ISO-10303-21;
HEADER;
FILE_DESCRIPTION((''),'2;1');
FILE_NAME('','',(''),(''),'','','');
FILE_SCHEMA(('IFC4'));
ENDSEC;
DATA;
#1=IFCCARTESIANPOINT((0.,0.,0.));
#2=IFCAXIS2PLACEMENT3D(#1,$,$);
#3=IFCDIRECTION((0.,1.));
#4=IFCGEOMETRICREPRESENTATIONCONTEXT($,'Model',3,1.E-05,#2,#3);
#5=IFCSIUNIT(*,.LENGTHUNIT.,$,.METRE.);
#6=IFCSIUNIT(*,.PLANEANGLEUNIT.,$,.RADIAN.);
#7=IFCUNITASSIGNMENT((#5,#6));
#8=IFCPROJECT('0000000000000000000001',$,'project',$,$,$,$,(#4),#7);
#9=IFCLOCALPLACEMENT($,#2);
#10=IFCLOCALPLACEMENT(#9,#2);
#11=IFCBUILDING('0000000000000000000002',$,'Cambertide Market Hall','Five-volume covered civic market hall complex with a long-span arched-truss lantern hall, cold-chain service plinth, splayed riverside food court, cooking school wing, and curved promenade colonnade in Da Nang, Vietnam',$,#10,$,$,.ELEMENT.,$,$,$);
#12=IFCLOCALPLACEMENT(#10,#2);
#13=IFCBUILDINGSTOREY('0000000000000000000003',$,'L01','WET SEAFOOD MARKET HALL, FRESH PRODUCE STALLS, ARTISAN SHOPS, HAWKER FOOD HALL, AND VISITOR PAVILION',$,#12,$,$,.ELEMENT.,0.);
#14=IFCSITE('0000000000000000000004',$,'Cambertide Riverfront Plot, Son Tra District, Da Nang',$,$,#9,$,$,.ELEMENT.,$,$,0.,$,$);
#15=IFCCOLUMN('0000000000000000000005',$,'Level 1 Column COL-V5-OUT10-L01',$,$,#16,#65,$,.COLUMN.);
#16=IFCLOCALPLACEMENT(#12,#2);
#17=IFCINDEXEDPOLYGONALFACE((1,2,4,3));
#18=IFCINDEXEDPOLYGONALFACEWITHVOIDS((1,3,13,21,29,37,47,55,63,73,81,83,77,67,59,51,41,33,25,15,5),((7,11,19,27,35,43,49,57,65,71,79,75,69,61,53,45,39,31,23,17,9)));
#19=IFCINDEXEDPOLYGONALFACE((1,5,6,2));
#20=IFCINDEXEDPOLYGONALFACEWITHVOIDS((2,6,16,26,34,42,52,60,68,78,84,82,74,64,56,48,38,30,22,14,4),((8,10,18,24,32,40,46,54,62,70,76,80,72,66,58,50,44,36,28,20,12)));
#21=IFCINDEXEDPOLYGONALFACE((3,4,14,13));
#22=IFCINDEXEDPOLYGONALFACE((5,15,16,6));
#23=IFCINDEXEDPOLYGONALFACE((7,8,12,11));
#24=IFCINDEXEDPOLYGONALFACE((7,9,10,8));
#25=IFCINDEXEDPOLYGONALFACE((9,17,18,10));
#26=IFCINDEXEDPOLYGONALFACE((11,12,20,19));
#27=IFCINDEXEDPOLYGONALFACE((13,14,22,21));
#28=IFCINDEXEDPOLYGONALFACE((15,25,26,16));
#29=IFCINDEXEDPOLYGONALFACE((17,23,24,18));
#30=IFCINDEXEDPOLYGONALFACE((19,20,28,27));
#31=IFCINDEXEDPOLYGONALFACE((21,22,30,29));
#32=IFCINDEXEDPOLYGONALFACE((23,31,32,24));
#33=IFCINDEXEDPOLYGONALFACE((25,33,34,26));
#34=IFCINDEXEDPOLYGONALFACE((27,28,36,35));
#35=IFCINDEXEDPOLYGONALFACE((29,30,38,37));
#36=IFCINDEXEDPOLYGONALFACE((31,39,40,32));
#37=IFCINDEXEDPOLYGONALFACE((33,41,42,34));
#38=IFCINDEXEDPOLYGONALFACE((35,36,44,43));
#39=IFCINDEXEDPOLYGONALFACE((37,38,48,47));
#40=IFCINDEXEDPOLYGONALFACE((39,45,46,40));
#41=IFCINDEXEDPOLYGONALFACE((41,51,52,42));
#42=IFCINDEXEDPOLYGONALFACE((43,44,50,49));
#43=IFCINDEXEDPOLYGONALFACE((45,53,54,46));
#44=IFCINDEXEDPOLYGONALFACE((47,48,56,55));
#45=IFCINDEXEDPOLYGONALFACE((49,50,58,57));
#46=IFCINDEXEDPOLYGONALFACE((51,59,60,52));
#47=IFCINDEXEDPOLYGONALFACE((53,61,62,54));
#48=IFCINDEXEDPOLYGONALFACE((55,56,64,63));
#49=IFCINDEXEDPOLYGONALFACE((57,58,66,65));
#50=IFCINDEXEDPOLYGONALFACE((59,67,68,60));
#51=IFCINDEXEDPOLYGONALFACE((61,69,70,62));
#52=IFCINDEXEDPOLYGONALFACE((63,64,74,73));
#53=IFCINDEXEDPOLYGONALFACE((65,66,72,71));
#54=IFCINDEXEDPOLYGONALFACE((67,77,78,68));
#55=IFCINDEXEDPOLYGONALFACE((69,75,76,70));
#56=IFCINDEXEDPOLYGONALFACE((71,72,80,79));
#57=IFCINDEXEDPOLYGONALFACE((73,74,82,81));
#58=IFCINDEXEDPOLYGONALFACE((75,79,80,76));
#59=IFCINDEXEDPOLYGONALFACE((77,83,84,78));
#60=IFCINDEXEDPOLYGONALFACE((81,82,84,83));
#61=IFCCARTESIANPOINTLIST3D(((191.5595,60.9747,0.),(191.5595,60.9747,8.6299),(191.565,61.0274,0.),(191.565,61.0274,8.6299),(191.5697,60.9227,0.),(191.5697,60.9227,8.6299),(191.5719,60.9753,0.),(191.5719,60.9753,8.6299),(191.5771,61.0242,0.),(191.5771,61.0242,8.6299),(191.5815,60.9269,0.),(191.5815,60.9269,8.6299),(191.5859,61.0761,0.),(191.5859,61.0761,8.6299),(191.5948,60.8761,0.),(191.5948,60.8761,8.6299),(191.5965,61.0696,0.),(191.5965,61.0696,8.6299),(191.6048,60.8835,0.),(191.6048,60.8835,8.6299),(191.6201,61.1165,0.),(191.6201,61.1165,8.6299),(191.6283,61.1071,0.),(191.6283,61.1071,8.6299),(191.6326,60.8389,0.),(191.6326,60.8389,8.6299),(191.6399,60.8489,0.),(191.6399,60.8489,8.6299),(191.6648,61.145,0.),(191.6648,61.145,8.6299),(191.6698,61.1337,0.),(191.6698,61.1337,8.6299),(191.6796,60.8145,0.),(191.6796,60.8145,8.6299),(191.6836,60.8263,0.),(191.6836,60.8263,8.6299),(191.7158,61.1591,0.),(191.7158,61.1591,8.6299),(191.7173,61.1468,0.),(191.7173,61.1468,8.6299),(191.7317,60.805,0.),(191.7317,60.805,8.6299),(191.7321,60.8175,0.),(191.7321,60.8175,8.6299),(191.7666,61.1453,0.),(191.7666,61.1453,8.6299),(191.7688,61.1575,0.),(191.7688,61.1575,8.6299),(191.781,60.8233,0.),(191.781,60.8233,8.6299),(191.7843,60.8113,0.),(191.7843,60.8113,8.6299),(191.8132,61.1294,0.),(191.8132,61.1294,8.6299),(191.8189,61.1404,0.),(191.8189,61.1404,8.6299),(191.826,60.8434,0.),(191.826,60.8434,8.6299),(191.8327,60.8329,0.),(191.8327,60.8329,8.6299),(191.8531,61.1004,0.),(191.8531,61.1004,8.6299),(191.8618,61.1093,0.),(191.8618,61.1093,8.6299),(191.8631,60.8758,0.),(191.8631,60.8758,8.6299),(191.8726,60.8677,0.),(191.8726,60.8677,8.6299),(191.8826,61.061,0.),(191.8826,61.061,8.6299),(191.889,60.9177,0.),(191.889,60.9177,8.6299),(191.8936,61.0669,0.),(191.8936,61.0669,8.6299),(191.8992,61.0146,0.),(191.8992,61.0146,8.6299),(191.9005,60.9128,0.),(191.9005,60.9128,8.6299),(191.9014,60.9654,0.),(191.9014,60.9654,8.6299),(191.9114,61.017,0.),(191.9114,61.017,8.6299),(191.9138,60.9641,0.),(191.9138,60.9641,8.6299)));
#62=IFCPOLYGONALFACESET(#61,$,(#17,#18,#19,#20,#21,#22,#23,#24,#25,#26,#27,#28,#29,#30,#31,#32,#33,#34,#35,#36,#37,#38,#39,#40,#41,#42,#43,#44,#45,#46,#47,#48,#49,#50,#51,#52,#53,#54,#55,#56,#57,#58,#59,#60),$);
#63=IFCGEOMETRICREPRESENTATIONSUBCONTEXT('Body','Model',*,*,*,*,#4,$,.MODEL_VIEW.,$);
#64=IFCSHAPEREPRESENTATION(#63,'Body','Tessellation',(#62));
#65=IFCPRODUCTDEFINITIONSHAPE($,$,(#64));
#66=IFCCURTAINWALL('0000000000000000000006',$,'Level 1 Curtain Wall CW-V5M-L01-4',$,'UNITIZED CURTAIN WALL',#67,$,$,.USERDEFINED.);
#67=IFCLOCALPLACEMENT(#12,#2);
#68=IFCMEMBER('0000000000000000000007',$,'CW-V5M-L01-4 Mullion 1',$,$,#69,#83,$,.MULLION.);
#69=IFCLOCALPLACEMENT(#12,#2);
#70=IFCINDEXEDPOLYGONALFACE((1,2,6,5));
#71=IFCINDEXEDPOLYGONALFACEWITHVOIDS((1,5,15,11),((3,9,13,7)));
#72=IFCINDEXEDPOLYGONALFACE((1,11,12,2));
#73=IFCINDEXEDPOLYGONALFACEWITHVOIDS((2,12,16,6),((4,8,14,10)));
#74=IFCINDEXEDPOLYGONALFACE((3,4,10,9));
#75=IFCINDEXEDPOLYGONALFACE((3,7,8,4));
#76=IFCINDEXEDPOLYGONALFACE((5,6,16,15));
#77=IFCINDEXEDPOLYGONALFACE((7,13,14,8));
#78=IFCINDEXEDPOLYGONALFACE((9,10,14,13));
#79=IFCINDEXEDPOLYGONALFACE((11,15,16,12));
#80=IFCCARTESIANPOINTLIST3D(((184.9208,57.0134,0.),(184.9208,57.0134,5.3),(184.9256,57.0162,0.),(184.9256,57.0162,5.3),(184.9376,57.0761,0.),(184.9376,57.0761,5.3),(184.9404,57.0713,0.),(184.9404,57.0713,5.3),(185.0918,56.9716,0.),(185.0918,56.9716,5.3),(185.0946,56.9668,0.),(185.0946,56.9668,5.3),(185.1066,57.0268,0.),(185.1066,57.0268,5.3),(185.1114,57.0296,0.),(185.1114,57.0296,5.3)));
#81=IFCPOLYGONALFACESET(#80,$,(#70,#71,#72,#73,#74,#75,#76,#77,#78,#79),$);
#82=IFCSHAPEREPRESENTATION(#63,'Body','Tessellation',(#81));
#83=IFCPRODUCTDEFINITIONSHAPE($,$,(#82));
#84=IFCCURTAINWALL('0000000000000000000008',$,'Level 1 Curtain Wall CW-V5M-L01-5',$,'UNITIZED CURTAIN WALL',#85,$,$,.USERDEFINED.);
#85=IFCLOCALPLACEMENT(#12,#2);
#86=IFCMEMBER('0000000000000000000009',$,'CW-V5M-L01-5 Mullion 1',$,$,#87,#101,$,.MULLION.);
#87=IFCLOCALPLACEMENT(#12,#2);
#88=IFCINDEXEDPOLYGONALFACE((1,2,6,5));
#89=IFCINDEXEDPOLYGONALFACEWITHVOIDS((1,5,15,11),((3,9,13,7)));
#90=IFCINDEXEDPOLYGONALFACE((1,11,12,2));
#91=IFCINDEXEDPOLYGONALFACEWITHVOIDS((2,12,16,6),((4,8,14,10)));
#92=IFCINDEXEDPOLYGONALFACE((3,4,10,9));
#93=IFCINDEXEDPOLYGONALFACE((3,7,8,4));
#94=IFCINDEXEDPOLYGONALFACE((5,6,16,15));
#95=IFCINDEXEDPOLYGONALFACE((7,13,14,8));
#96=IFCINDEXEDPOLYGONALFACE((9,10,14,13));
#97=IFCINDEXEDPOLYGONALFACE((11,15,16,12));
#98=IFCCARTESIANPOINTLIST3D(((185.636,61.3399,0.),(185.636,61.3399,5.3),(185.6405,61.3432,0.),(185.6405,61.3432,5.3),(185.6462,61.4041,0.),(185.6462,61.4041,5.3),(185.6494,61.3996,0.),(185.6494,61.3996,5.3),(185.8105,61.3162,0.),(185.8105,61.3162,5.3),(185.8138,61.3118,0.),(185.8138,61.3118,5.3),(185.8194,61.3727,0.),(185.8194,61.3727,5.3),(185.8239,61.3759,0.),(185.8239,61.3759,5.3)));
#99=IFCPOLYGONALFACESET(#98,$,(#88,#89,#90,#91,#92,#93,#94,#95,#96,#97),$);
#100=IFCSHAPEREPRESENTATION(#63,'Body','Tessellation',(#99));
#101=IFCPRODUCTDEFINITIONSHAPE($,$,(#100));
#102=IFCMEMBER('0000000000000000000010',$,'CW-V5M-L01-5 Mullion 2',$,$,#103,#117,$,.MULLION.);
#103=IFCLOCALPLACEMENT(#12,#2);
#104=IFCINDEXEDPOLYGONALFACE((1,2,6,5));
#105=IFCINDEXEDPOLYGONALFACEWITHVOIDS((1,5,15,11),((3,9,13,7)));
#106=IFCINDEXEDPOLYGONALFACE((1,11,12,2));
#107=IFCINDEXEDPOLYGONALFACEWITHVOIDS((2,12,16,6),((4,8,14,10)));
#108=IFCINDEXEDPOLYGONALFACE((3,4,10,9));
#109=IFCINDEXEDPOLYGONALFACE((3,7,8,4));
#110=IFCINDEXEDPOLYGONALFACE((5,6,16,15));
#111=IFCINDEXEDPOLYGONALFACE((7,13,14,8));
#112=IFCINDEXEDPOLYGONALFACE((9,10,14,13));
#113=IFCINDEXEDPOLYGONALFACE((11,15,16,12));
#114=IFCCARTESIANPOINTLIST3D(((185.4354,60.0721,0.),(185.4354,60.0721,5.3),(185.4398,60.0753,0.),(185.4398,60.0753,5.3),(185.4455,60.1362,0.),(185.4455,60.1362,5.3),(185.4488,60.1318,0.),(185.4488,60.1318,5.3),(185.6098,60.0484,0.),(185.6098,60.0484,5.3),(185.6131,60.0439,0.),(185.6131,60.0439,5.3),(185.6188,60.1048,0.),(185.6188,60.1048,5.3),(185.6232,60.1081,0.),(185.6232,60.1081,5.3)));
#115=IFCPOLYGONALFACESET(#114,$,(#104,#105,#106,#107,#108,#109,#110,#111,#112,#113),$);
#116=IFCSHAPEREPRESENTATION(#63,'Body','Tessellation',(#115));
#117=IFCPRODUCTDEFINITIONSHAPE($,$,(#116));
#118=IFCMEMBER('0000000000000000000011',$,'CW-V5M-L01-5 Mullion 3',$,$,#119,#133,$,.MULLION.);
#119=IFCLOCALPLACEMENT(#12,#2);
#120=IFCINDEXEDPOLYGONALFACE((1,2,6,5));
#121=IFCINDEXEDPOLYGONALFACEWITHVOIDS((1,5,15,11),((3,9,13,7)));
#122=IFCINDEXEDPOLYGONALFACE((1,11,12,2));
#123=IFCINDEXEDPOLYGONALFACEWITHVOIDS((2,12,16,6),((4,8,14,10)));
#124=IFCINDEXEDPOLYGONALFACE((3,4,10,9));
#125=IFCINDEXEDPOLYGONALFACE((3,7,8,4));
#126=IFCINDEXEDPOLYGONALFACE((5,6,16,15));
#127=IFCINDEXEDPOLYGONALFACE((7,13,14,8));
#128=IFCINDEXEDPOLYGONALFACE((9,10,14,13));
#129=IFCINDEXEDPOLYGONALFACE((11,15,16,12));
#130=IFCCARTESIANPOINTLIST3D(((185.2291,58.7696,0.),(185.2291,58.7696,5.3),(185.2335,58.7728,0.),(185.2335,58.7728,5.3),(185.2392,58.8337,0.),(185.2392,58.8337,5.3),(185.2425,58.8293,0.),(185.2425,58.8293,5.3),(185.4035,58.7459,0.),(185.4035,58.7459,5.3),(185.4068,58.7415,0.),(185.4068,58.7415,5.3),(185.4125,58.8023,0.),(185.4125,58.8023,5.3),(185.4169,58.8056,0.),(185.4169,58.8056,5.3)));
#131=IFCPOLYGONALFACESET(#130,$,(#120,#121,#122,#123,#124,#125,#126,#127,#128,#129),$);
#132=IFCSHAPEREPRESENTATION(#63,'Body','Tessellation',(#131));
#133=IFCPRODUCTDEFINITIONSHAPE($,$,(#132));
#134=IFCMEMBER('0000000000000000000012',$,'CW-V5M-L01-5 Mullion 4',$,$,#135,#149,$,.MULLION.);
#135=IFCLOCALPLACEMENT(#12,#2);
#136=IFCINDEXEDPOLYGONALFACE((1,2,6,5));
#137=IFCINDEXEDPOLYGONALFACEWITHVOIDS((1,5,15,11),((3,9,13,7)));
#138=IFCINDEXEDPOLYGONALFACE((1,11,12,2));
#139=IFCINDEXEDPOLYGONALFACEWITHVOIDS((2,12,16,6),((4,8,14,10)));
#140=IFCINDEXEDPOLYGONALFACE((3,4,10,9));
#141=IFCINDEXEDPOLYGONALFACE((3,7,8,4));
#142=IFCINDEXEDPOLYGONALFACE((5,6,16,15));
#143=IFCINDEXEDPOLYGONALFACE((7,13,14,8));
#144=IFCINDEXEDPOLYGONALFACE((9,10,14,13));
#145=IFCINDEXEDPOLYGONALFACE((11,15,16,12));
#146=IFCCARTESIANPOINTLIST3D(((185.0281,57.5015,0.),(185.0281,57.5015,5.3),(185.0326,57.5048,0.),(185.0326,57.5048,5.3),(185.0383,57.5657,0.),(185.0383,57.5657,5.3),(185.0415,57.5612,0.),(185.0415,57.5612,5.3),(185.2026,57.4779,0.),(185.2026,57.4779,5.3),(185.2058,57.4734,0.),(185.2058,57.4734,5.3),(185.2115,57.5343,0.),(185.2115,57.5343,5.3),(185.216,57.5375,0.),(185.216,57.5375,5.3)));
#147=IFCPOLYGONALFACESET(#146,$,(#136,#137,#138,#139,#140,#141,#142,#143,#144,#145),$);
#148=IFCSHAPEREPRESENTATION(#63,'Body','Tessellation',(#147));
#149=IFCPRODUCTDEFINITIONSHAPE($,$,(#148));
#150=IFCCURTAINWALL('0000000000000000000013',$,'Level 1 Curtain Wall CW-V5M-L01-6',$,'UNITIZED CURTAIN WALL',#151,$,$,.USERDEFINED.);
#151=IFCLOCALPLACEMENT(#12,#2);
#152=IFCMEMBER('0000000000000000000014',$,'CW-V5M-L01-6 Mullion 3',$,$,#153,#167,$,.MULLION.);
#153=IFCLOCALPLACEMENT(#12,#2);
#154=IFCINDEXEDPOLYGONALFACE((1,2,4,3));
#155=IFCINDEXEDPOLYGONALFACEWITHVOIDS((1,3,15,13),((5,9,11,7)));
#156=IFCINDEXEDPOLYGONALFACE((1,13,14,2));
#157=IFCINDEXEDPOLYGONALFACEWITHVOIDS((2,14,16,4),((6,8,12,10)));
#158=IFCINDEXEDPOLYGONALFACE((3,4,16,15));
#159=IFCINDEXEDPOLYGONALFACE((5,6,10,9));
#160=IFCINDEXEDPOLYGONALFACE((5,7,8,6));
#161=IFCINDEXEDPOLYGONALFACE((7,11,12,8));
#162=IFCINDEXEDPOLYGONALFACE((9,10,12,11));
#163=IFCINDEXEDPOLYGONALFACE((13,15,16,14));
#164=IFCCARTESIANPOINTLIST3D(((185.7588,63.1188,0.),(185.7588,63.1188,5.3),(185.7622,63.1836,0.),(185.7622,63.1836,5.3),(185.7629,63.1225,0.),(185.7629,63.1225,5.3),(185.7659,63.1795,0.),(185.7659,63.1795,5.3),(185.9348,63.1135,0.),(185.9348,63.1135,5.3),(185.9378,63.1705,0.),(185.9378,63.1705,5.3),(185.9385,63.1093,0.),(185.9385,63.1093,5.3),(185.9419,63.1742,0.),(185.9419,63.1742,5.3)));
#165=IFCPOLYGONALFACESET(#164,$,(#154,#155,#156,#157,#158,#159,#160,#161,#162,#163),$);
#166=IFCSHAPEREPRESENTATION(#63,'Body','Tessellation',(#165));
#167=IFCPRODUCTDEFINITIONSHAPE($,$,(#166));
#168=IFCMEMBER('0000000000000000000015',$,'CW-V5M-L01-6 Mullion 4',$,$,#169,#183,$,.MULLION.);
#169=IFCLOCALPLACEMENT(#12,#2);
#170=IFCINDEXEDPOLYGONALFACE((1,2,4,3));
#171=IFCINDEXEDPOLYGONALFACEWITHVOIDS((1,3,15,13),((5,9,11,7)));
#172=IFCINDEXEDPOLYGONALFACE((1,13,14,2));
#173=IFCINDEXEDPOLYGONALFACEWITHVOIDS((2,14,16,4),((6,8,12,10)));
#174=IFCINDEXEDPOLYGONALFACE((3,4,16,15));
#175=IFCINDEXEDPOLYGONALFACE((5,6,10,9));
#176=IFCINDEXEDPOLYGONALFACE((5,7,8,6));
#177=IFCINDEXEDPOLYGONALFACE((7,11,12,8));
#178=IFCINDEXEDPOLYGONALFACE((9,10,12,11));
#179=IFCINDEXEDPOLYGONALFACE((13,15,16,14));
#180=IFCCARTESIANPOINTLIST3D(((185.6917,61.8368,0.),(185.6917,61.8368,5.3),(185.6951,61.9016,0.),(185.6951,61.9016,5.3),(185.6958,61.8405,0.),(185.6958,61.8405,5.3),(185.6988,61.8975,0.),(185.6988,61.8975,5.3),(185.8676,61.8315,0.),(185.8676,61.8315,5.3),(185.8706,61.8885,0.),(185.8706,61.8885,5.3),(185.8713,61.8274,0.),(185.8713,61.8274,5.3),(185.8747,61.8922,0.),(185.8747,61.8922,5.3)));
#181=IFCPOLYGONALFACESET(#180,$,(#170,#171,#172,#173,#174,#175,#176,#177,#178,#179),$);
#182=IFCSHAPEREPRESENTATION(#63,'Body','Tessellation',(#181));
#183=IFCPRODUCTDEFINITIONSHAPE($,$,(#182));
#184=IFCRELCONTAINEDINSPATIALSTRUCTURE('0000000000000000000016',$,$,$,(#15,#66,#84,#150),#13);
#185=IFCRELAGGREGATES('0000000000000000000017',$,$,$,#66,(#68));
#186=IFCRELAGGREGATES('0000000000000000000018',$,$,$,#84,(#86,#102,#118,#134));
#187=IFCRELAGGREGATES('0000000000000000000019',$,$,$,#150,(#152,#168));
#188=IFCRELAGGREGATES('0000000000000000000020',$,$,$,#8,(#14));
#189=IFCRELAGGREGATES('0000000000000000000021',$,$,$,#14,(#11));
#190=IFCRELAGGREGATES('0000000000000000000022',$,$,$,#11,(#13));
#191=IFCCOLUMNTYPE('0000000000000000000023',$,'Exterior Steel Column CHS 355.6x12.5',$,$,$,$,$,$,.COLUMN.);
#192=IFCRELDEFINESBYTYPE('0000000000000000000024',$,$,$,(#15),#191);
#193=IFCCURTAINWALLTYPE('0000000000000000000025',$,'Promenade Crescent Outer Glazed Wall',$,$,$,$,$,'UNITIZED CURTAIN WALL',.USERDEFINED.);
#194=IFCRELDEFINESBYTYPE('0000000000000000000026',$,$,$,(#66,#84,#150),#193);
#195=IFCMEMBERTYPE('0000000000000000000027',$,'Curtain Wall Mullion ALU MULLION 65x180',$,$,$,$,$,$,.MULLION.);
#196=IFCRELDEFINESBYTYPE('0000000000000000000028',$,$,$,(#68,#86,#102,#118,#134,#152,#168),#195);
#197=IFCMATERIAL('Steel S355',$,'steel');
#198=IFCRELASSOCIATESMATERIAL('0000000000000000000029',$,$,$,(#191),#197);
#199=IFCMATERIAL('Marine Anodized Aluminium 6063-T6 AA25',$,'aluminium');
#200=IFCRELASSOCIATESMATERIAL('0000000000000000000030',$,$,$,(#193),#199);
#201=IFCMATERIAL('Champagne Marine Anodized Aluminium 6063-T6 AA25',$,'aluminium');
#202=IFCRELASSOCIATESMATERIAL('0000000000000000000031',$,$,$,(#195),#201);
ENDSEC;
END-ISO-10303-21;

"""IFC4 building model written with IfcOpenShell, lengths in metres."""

from ifc_helpers import new_model, si_unit, direction, frame, origin, origin_2d, place, context, subcontext, project, spatial, hollow_rectangle, hollow_circle, extrude, material, material_profile, profile_set, type_object, element, aggregate, save


model = new_model("IFC4")

# Units and contexts
model_context = context("Model", 3, precision=1e-05, world=origin(), true_north=direction((0.0, 1.0)))
body_context = subcontext(model_context, "Body", "Model", "MODEL_VIEW")
ifc_project = project(units=[si_unit("LENGTHUNIT", "METRE"), si_unit("PLANEANGLEUNIT", "RADIAN")], contexts=[model_context])

# Site, building, storey
site_placement = place(None, origin())
site = spatial("IfcSite", under=ifc_project, at=site_placement, Name="Cambertide Riverfront Plot, Son Tra District, Da Nang", CompositionType="ELEMENT", RefElevation=0.0)
building_placement = place(site_placement, origin())
building = spatial("IfcBuilding", under=site, at=building_placement, Name="Cambertide Market Hall", Description="Five-volume covered civic market hall complex with a long-span arched-truss lantern hall, cold-chain service plinth, splayed riverside food court, cooking school wing, and curved promenade colonnade in Da Nang, Vietnam", CompositionType="ELEMENT")
storey_placement = place(building_placement, origin())
storey = spatial("IfcBuildingStorey", under=building, at=storey_placement, Name="L01", Description="WET SEAFOOD MARKET HALL, FRESH PRODUCE STALLS, ARTISAN SHOPS, HAWKER FOOD HALL, AND VISITOR PAVILION", CompositionType="ELEMENT", Elevation=0.0)

# Column
ifc_material_1 = material(Name="Steel S355", Category="steel")
ifc_material_profile_1 = material_profile(ifc_material_1, hollow_circle(Radius=0.1777, WallThickness=0.0125, at=origin_2d()), Name="CHS 355.6x12.5")
ifc_profile_set_1 = profile_set([ifc_material_profile_1], Name="Steel S355")
column_type_1 = type_object("IfcColumnType", Name="Exterior Steel Column CHS 355.6x12.5", PredefinedType="COLUMN", material=ifc_profile_set_1)
for number, where, z_axis, x_axis, name in (
    (1, (191.7371, 60.9827, 0.0), (0.0, 0.0, 1.0), (0.994522, -0.104528, 0.0), "Level 1 Column COL-V5-OUT10-L01"),
):
    element("IfcColumn", number, at=place(storey_placement, frame(where, z_axis=z_axis, x_axis=x_axis)), inside=storey, type_object=column_type_1, Name=name, PredefinedType="COLUMN", context=body_context, shape_type="SweptSolid", body=[
        extrude(hollow_circle(Radius=0.1777, WallThickness=0.0125, at=origin_2d()), origin(), (0.0, 0.0, 1.0), 8.6299),
    ])

# Curtain wall, member
ifc_material_2 = material(Name="Marine Anodized Aluminium 6063-T6 AA25", Category="aluminium")
curtain_wall_type = type_object("IfcCurtainWallType", Name="Promenade Crescent Outer Glazed Wall", ElementType="UNITIZED CURTAIN WALL", PredefinedType="USERDEFINED", material=ifc_material_2)
curtain_wall_1_placement = place(storey_placement, origin())
curtain_wall_1 = element("IfcCurtainWall", 2, at=curtain_wall_1_placement, inside=storey, type_object=curtain_wall_type, Name="Level 1 Curtain Wall CW-V5M-L01-4", ObjectType="UNITIZED CURTAIN WALL", PredefinedType="USERDEFINED")
ifc_material_3 = material(Name="Champagne Marine Anodized Aluminium 6063-T6 AA25", Category="aluminium")
ifc_material_profile_2 = material_profile(ifc_material_3, hollow_rectangle(XDim=0.0649, YDim=0.1799, WallThickness=0.0039, at=origin_2d()), Name="ALU MULLION 65x180")
ifc_profile_set_2 = profile_set([ifc_material_profile_2], Name="Champagne Marine Anodized Aluminium 6063-T6 AA25")
member_type_1 = type_object("IfcMemberType", Name="Curtain Wall Mullion ALU MULLION 65x180", PredefinedType="MULLION", material=ifc_profile_set_2)
member_1_placement = place(storey_placement, frame((185.0161, 57.0215, 0.0), z_axis=(0.0, 0.0, 1.0), x_axis=(-0.258819, -0.965926, 0.0)))
member_1 = element("IfcMember", 3, at=member_1_placement, type_object=member_type_1, Name="CW-V5M-L01-4 Mullion 1", PredefinedType="MULLION", context=body_context, shape_type="SweptSolid", body=[
    extrude(hollow_rectangle(XDim=0.0649, YDim=0.1799, WallThickness=0.0039, at=origin_2d()), origin(), (0.0, 0.0, 1.0), 5.3),
])
aggregate(curtain_wall_1, [member_1])

# Curtain walls, members
curtain_wall_2_placement = place(storey_placement, origin())
curtain_wall_2 = element("IfcCurtainWall", 4, at=curtain_wall_2_placement, inside=storey, type_object=curtain_wall_type, Name="Level 1 Curtain Wall CW-V5M-L01-5", ObjectType="UNITIZED CURTAIN WALL", PredefinedType="USERDEFINED")
member_2_placement = place(storey_placement, frame((185.73, 61.3579, 0.0), z_axis=(0.0, 0.0, 1.0), x_axis=(-0.156435, -0.987688, 0.0)))
member_2 = element("IfcMember", 5, at=member_2_placement, type_object=member_type_1, Name="CW-V5M-L01-5 Mullion 1", PredefinedType="MULLION", context=body_context, shape_type="SweptSolid", body=[
    extrude(hollow_rectangle(XDim=0.0649, YDim=0.1799, WallThickness=0.0039, at=origin_2d()), origin(), (0.0, 0.0, 1.0), 5.3),
])
member_3_placement = place(storey_placement, frame((185.5293, 60.0901, 0.0), z_axis=(0.0, 0.0, 1.0), x_axis=(-0.156435, -0.987688, 0.0)))
member_3 = element("IfcMember", 6, at=member_3_placement, type_object=member_type_1, Name="CW-V5M-L01-5 Mullion 2", PredefinedType="MULLION", context=body_context, shape_type="SweptSolid", body=[
    extrude(hollow_rectangle(XDim=0.0649, YDim=0.1799, WallThickness=0.0039, at=origin_2d()), origin(), (0.0, 0.0, 1.0), 5.3),
])
member_4_placement = place(storey_placement, frame((185.323, 58.7876, 0.0), z_axis=(0.0, 0.0, 1.0), x_axis=(-0.156435, -0.987688, 0.0)))
member_4 = element("IfcMember", 7, at=member_4_placement, type_object=member_type_1, Name="CW-V5M-L01-5 Mullion 3", PredefinedType="MULLION", context=body_context, shape_type="SweptSolid", body=[
    extrude(hollow_rectangle(XDim=0.0649, YDim=0.1799, WallThickness=0.0039, at=origin_2d()), origin(), (0.0, 0.0, 1.0), 5.3),
])
member_5_placement = place(storey_placement, frame((185.1221, 57.5195, 0.0), z_axis=(0.0, 0.0, 1.0), x_axis=(-0.156435, -0.987688, 0.0)))
member_5 = element("IfcMember", 8, at=member_5_placement, type_object=member_type_1, Name="CW-V5M-L01-5 Mullion 4", PredefinedType="MULLION", context=body_context, shape_type="SweptSolid", body=[
    extrude(hollow_rectangle(XDim=0.0649, YDim=0.1799, WallThickness=0.0039, at=origin_2d()), origin(), (0.0, 0.0, 1.0), 5.3),
])
curtain_wall_3_placement = place(storey_placement, origin())
curtain_wall_3 = element("IfcCurtainWall", 9, at=curtain_wall_3_placement, inside=storey, type_object=curtain_wall_type, Name="Level 1 Curtain Wall CW-V5M-L01-6", ObjectType="UNITIZED CURTAIN WALL", PredefinedType="USERDEFINED")
member_6_placement = place(storey_placement, frame((185.8503, 63.1465, 0.0), z_axis=(0.0, 0.0, 1.0), x_axis=(-0.052336, -0.99863, 0.0)))
member_6 = element("IfcMember", 10, at=member_6_placement, type_object=member_type_1, Name="CW-V5M-L01-6 Mullion 3", PredefinedType="MULLION", context=body_context, shape_type="SweptSolid", body=[
    extrude(hollow_rectangle(XDim=0.0649, YDim=0.1799, WallThickness=0.0039, at=origin_2d()), origin(), (0.0, 0.0, 1.0), 5.3),
])
member_7_placement = place(storey_placement, frame((185.7832, 61.8645, 0.0), z_axis=(0.0, 0.0, 1.0), x_axis=(-0.052336, -0.99863, 0.0)))
member_7 = element("IfcMember", 11, at=member_7_placement, type_object=member_type_1, Name="CW-V5M-L01-6 Mullion 4", PredefinedType="MULLION", context=body_context, shape_type="SweptSolid", body=[
    extrude(hollow_rectangle(XDim=0.0649, YDim=0.1799, WallThickness=0.0039, at=origin_2d()), origin(), (0.0, 0.0, 1.0), 5.3),
])

aggregate(curtain_wall_2, [member_2, member_3, member_4, member_5])
aggregate(curtain_wall_3, [member_6, member_7])

save(model, "model.ifc")
